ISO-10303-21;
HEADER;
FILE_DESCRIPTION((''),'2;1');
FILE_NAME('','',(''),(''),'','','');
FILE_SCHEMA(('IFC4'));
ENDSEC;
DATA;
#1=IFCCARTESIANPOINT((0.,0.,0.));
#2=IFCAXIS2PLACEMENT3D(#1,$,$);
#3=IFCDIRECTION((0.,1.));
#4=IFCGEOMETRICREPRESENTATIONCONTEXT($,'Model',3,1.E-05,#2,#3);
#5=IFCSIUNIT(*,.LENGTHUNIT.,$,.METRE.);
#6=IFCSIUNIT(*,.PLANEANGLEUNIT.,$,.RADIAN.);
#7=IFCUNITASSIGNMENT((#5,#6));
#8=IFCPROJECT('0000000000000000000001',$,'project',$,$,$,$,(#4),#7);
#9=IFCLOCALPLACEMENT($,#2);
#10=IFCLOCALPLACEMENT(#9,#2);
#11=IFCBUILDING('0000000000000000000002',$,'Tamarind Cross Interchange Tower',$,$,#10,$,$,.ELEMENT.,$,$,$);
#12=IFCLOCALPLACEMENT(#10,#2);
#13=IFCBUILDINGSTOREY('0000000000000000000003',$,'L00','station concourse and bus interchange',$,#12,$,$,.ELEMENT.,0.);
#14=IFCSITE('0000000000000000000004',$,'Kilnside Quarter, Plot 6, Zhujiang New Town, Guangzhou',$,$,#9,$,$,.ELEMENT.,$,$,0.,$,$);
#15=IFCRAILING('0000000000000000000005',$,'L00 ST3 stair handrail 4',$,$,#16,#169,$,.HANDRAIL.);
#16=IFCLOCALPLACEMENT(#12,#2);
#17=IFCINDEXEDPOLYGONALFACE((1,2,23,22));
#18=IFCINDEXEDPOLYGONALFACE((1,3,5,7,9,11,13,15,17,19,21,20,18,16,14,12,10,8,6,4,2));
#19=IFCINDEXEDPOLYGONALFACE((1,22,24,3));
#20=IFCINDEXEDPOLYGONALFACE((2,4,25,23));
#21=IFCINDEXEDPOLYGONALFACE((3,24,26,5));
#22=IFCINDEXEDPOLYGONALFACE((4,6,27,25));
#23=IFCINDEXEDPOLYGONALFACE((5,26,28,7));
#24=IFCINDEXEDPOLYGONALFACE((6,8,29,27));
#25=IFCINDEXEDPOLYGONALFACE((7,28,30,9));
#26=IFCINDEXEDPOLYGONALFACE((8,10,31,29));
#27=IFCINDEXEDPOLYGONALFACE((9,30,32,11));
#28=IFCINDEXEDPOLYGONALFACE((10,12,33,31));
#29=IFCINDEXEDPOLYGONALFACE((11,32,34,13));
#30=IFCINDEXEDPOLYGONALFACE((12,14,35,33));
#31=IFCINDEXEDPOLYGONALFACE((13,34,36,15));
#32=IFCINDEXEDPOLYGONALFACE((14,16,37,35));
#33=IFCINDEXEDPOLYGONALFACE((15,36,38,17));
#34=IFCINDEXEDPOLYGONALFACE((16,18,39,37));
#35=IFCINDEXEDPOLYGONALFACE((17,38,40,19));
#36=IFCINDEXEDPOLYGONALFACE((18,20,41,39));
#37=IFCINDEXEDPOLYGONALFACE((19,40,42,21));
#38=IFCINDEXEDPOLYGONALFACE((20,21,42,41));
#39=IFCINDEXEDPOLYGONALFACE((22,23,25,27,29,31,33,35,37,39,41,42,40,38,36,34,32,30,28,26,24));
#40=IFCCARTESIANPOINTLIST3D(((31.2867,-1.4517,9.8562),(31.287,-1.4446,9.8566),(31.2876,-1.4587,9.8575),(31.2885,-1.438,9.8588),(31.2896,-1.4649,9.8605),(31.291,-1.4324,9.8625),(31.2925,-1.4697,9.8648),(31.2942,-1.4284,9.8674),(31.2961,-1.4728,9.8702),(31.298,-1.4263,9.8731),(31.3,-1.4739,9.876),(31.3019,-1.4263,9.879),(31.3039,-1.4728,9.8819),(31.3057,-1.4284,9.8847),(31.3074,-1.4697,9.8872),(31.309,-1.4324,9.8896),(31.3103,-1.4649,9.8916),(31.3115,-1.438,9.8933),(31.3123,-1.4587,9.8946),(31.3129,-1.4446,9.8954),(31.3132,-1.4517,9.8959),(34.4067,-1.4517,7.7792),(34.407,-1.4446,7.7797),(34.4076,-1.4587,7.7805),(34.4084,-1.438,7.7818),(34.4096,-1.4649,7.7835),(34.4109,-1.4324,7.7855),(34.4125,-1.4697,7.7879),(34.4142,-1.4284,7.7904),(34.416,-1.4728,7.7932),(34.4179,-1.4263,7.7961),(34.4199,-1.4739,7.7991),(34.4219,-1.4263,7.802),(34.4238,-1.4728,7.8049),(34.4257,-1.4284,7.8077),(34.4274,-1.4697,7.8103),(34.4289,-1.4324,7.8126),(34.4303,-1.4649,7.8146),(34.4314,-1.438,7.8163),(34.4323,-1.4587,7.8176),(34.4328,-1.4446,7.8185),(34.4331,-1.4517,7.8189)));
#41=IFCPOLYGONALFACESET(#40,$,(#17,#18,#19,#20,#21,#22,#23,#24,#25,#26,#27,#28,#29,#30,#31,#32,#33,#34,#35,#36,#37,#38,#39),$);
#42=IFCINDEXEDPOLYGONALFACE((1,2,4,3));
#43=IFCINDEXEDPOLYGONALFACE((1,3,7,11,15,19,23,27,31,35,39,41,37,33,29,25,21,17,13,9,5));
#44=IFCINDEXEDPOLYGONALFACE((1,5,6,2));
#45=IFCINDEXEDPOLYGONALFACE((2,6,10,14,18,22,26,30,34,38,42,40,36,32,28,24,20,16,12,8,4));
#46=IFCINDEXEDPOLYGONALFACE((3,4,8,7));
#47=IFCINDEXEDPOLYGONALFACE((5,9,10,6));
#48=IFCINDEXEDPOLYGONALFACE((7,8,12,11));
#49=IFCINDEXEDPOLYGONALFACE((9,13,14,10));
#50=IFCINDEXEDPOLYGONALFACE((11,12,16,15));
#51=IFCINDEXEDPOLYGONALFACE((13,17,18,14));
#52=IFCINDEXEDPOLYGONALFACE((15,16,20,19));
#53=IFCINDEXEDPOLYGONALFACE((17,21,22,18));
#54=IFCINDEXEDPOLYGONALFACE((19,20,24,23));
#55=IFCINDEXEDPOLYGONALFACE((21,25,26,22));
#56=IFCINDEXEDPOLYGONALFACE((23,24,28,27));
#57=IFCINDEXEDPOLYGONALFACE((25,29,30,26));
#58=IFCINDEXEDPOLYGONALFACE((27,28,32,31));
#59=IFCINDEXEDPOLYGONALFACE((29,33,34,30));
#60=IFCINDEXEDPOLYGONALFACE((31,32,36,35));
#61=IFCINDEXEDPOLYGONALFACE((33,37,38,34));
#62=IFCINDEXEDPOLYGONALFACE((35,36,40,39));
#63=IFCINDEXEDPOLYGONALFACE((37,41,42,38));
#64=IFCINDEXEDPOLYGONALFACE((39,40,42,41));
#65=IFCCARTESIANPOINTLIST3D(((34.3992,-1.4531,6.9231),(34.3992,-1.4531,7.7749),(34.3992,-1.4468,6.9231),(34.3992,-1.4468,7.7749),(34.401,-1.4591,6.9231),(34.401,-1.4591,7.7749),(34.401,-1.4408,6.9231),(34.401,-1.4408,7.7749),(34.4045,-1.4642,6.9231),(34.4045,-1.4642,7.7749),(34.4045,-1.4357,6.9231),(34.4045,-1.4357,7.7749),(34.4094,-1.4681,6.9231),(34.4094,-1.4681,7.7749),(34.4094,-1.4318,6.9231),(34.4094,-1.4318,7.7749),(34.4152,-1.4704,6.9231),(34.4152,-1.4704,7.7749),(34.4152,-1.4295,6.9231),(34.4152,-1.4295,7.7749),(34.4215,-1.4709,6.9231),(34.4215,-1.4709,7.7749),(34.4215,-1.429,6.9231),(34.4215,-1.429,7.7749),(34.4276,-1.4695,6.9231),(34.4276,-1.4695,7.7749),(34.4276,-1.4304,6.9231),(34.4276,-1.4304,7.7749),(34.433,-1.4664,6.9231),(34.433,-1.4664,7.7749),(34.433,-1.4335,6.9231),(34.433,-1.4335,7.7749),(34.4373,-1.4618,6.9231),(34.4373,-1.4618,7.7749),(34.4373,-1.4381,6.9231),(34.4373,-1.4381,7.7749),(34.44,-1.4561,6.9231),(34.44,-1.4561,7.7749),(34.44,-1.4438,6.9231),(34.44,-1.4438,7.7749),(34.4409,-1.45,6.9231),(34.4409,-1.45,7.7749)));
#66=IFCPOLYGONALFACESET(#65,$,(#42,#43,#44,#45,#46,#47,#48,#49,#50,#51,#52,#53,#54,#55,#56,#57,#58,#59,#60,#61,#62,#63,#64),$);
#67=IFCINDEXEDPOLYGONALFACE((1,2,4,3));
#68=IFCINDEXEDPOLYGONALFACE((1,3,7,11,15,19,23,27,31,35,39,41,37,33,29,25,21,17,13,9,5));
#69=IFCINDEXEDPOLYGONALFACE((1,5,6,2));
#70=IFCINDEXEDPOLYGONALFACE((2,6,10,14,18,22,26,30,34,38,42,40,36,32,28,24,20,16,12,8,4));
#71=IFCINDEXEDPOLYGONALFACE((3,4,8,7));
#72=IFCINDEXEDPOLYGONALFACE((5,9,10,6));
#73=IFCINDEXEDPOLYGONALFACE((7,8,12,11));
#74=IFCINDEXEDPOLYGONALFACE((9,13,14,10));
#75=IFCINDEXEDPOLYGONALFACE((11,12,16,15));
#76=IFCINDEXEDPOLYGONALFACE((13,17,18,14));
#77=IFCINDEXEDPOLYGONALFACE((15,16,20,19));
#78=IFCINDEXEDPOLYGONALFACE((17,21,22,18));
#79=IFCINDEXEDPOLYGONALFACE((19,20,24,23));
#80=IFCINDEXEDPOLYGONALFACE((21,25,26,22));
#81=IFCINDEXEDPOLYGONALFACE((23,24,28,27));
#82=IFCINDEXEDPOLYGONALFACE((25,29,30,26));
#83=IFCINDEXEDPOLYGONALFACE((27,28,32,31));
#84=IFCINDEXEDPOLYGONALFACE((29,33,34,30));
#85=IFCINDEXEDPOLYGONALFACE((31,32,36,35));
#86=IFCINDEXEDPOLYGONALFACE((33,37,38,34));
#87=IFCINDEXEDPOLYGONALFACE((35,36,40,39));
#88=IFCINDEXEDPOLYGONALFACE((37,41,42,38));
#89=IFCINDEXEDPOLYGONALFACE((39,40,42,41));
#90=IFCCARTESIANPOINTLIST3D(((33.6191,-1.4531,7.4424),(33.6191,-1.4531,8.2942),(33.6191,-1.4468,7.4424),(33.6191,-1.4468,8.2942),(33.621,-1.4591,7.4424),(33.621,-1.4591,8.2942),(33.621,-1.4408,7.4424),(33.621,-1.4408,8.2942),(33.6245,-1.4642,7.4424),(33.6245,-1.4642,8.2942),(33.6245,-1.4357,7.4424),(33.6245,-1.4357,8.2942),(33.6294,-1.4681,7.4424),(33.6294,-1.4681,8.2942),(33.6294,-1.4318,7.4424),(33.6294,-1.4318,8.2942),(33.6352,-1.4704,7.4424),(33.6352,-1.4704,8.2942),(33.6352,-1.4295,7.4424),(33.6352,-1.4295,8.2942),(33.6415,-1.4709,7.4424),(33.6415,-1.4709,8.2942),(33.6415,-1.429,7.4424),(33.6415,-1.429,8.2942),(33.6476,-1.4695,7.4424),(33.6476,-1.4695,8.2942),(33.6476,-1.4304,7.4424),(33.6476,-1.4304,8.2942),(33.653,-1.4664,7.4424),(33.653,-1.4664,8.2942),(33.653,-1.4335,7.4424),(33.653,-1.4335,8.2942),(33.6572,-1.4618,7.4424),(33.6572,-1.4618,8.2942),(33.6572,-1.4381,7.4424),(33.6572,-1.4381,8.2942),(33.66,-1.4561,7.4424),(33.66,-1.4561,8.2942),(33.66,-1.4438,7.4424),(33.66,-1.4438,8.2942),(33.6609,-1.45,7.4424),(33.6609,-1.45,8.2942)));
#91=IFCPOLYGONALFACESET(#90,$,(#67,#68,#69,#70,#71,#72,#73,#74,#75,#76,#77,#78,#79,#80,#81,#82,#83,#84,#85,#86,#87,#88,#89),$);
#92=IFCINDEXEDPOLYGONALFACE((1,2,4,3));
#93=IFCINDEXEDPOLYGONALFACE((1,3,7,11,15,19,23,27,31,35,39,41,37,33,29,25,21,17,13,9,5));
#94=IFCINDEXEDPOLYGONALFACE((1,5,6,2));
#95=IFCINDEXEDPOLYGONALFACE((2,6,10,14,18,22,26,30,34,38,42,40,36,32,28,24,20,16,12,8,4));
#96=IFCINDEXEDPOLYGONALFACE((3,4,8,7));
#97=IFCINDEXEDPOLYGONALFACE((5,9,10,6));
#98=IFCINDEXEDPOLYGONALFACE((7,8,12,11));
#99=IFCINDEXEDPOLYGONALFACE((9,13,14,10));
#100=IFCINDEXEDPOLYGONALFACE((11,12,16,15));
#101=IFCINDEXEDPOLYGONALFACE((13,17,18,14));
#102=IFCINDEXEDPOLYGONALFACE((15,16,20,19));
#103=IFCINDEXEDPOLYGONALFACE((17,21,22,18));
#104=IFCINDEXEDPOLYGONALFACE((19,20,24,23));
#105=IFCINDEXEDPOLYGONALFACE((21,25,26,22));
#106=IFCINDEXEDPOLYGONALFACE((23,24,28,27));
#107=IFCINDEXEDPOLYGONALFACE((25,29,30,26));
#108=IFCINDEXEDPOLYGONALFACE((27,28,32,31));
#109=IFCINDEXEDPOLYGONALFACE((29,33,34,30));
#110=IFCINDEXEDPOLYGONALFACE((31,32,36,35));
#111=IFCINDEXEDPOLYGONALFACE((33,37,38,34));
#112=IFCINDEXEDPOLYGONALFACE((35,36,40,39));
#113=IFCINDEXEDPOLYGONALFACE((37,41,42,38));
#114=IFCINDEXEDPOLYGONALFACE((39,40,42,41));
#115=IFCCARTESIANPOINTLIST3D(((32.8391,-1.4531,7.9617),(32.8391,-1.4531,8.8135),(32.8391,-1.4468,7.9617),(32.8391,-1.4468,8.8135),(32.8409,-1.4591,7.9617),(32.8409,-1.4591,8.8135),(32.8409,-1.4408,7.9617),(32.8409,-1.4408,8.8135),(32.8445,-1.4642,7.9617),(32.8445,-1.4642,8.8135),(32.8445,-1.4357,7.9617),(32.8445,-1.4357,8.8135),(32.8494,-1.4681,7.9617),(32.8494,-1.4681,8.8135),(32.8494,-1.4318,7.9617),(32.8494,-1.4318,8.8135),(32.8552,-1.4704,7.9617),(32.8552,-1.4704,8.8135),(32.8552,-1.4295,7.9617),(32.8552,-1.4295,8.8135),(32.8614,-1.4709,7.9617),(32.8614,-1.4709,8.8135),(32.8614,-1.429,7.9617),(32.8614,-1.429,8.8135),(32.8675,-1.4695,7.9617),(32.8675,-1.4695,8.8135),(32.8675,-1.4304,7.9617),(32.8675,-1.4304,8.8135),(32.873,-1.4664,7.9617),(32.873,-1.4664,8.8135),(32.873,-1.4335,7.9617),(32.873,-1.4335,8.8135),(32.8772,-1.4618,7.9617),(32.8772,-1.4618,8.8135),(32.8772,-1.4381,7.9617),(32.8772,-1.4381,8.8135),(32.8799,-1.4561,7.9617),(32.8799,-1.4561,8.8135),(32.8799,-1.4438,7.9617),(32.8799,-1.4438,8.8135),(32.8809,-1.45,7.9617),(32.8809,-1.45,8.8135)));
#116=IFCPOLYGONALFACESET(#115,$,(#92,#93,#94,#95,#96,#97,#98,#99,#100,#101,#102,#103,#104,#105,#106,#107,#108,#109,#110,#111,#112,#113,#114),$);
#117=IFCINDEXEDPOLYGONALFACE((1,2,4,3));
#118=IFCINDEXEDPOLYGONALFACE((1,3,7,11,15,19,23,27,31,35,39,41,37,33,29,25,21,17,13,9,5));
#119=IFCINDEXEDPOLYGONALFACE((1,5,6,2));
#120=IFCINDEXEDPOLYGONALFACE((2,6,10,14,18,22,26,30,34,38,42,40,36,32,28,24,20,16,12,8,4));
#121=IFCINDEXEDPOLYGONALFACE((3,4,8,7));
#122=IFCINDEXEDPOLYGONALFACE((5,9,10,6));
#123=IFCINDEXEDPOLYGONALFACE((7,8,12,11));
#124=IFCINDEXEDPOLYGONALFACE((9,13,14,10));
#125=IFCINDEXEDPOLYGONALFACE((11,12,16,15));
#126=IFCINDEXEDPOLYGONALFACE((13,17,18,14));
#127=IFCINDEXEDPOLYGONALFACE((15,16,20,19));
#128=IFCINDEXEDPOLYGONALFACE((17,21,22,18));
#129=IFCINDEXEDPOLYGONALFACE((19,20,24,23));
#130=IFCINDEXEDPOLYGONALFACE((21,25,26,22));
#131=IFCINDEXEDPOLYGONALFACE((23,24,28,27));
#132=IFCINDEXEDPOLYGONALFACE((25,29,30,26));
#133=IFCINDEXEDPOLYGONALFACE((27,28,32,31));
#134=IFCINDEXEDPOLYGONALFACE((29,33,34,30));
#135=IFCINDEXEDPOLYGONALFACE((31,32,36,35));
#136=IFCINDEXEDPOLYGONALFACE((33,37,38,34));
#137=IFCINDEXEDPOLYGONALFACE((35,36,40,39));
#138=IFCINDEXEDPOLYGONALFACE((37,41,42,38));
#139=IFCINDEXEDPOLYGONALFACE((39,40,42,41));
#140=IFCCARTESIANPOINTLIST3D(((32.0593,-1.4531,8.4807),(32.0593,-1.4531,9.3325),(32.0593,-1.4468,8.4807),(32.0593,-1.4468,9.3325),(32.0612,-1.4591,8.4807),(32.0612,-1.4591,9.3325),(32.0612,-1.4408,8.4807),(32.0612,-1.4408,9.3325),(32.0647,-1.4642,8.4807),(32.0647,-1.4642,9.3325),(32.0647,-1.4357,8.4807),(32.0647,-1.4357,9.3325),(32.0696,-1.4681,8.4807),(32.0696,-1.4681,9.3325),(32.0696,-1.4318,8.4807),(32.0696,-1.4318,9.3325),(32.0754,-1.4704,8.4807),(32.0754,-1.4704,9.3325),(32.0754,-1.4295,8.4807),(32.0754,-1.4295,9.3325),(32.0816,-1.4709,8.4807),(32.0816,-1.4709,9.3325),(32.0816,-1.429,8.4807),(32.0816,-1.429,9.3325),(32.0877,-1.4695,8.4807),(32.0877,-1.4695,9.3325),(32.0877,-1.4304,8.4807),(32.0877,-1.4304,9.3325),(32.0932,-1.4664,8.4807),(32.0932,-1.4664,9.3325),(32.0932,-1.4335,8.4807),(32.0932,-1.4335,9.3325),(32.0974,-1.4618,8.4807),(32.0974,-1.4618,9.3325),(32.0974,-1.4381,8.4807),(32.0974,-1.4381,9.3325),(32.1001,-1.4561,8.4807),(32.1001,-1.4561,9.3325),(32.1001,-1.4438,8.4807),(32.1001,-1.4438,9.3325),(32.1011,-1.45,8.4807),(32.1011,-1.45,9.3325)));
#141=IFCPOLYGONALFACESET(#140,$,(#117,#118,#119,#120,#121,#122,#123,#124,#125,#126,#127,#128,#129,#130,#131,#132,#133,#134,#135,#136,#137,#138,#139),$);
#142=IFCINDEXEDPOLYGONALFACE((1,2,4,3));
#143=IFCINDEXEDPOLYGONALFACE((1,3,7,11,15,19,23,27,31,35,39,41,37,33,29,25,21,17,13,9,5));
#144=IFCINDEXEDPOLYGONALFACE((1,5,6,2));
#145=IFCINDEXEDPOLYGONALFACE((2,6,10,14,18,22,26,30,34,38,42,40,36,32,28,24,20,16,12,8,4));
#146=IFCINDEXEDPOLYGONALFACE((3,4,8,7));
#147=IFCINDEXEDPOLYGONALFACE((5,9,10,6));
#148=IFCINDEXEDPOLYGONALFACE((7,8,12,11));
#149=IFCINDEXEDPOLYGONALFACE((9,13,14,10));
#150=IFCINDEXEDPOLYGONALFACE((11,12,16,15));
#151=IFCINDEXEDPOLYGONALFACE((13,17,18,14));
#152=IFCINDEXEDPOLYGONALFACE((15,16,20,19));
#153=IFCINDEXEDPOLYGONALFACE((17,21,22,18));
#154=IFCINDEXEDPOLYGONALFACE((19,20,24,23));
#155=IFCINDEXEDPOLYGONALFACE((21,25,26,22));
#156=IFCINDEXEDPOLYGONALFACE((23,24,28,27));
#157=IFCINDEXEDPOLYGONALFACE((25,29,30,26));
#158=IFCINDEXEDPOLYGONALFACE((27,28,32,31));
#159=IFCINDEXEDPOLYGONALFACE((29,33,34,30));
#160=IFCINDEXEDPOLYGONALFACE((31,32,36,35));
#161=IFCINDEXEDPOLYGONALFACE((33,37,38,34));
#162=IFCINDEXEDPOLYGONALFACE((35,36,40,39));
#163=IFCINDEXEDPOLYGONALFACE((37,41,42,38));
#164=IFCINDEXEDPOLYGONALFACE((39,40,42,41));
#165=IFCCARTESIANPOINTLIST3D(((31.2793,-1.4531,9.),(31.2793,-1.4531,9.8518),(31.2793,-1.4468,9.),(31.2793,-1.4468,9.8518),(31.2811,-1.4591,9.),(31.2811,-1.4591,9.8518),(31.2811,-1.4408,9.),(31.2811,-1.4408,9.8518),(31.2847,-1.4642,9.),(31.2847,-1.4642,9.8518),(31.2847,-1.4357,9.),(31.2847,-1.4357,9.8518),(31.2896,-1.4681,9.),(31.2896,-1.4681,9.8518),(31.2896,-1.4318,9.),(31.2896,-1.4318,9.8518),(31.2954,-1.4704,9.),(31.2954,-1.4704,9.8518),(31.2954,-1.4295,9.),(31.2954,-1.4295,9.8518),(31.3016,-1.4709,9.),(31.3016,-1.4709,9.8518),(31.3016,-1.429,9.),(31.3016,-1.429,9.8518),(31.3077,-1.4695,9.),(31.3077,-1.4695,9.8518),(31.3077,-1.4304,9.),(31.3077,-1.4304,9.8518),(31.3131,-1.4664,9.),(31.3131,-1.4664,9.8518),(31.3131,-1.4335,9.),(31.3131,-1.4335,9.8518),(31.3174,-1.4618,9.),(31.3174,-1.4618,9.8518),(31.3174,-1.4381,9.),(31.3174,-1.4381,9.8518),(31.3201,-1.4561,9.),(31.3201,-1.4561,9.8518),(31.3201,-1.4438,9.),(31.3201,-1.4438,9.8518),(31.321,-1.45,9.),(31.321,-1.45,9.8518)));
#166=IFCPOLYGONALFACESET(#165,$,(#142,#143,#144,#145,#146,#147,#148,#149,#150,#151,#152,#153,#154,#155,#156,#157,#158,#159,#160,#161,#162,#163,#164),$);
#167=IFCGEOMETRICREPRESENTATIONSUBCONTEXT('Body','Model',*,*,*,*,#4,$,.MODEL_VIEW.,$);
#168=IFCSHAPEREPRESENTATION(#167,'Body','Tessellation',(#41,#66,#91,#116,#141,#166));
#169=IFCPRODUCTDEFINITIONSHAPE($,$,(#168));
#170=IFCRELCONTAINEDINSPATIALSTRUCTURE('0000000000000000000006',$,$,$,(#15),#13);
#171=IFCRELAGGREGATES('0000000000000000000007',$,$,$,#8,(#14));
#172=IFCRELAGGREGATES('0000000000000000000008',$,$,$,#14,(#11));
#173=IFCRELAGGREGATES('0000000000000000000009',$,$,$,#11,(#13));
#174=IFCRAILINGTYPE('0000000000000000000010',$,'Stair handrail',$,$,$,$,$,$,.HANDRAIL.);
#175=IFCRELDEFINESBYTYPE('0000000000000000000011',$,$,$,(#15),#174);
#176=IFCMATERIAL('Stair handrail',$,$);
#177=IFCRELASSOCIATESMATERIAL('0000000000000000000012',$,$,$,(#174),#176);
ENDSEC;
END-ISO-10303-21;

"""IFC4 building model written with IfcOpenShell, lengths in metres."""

from ifc_helpers import new_model, si_unit, direction, frame, origin, origin_2d, place, context, subcontext, project, spatial, circle, extrude, material, type_object, element, save


model = new_model("IFC4")

# Units and contexts
model_context = context("Model", 3, precision=1e-05, world=origin(), true_north=direction((0.0, 1.0)))
body_context = subcontext(model_context, "Body", "Model", "MODEL_VIEW")
ifc_project = project(units=[si_unit("LENGTHUNIT", "METRE"), si_unit("PLANEANGLEUNIT", "RADIAN")], contexts=[model_context])

# Site, building, storey
site_placement = place(None, origin())
site = spatial("IfcSite", under=ifc_project, at=site_placement, Name="Kilnside Quarter, Plot 6, Zhujiang New Town, Guangzhou", CompositionType="ELEMENT", RefElevation=0.0)
building_placement = place(site_placement, origin())
building = spatial("IfcBuilding", under=site, at=building_placement, Name="Tamarind Cross Interchange Tower", CompositionType="ELEMENT")
storey_placement = place(building_placement, origin())
storey = spatial("IfcBuildingStorey", under=building, at=storey_placement, Name="L00", Description="station concourse and bus interchange", CompositionType="ELEMENT", Elevation=0.0)

# Railing
ifc_material_1 = material(Name="Stair handrail")
railing_type_1 = type_object("IfcRailingType", Name="Stair handrail", PredefinedType="HANDRAIL", material=ifc_material_1)
for number, where, name in (
    (1, (34.4199, -1.45, 6.9231), "L00 ST3 stair handrail 4"),
):
    element("IfcRailing", number, at=place(storey_placement, frame(where)), inside=storey, type_object=railing_type_1, Name=name, PredefinedType="HANDRAIL", context=body_context, shape_type="SweptSolid", body=[
        extrude(circle(Radius=0.0239, at=origin_2d()), frame((0.0, 0.0, 0.876), z_axis=(-0.832421, 0.0, 0.554144), x_axis=(0.0, -1.0, 0.0)), (0.0, 0.0, 1.0), 3.748),
        extrude(circle(Radius=0.021, at=origin_2d()), origin(), (0.0, 0.0, 1.0), 0.8518),
        extrude(circle(Radius=0.021, at=origin_2d()), frame((-0.78, 0.0, 0.5193)), (0.0, 0.0, 1.0), 0.8518),
        extrude(circle(Radius=0.021, at=origin_2d()), frame((-1.5601, 0.0, 1.0386)), (0.0, 0.0, 1.0), 0.8518),
        extrude(circle(Radius=0.021, at=origin_2d()), frame((-2.3398, 0.0, 1.5576)), (0.0, 0.0, 1.0), 0.8518),
        extrude(circle(Radius=0.021, at=origin_2d()), frame((-3.1199, 0.0, 2.0769)), (0.0, 0.0, 1.0), 0.8518),
    ])

save(model, "model.ifc")
